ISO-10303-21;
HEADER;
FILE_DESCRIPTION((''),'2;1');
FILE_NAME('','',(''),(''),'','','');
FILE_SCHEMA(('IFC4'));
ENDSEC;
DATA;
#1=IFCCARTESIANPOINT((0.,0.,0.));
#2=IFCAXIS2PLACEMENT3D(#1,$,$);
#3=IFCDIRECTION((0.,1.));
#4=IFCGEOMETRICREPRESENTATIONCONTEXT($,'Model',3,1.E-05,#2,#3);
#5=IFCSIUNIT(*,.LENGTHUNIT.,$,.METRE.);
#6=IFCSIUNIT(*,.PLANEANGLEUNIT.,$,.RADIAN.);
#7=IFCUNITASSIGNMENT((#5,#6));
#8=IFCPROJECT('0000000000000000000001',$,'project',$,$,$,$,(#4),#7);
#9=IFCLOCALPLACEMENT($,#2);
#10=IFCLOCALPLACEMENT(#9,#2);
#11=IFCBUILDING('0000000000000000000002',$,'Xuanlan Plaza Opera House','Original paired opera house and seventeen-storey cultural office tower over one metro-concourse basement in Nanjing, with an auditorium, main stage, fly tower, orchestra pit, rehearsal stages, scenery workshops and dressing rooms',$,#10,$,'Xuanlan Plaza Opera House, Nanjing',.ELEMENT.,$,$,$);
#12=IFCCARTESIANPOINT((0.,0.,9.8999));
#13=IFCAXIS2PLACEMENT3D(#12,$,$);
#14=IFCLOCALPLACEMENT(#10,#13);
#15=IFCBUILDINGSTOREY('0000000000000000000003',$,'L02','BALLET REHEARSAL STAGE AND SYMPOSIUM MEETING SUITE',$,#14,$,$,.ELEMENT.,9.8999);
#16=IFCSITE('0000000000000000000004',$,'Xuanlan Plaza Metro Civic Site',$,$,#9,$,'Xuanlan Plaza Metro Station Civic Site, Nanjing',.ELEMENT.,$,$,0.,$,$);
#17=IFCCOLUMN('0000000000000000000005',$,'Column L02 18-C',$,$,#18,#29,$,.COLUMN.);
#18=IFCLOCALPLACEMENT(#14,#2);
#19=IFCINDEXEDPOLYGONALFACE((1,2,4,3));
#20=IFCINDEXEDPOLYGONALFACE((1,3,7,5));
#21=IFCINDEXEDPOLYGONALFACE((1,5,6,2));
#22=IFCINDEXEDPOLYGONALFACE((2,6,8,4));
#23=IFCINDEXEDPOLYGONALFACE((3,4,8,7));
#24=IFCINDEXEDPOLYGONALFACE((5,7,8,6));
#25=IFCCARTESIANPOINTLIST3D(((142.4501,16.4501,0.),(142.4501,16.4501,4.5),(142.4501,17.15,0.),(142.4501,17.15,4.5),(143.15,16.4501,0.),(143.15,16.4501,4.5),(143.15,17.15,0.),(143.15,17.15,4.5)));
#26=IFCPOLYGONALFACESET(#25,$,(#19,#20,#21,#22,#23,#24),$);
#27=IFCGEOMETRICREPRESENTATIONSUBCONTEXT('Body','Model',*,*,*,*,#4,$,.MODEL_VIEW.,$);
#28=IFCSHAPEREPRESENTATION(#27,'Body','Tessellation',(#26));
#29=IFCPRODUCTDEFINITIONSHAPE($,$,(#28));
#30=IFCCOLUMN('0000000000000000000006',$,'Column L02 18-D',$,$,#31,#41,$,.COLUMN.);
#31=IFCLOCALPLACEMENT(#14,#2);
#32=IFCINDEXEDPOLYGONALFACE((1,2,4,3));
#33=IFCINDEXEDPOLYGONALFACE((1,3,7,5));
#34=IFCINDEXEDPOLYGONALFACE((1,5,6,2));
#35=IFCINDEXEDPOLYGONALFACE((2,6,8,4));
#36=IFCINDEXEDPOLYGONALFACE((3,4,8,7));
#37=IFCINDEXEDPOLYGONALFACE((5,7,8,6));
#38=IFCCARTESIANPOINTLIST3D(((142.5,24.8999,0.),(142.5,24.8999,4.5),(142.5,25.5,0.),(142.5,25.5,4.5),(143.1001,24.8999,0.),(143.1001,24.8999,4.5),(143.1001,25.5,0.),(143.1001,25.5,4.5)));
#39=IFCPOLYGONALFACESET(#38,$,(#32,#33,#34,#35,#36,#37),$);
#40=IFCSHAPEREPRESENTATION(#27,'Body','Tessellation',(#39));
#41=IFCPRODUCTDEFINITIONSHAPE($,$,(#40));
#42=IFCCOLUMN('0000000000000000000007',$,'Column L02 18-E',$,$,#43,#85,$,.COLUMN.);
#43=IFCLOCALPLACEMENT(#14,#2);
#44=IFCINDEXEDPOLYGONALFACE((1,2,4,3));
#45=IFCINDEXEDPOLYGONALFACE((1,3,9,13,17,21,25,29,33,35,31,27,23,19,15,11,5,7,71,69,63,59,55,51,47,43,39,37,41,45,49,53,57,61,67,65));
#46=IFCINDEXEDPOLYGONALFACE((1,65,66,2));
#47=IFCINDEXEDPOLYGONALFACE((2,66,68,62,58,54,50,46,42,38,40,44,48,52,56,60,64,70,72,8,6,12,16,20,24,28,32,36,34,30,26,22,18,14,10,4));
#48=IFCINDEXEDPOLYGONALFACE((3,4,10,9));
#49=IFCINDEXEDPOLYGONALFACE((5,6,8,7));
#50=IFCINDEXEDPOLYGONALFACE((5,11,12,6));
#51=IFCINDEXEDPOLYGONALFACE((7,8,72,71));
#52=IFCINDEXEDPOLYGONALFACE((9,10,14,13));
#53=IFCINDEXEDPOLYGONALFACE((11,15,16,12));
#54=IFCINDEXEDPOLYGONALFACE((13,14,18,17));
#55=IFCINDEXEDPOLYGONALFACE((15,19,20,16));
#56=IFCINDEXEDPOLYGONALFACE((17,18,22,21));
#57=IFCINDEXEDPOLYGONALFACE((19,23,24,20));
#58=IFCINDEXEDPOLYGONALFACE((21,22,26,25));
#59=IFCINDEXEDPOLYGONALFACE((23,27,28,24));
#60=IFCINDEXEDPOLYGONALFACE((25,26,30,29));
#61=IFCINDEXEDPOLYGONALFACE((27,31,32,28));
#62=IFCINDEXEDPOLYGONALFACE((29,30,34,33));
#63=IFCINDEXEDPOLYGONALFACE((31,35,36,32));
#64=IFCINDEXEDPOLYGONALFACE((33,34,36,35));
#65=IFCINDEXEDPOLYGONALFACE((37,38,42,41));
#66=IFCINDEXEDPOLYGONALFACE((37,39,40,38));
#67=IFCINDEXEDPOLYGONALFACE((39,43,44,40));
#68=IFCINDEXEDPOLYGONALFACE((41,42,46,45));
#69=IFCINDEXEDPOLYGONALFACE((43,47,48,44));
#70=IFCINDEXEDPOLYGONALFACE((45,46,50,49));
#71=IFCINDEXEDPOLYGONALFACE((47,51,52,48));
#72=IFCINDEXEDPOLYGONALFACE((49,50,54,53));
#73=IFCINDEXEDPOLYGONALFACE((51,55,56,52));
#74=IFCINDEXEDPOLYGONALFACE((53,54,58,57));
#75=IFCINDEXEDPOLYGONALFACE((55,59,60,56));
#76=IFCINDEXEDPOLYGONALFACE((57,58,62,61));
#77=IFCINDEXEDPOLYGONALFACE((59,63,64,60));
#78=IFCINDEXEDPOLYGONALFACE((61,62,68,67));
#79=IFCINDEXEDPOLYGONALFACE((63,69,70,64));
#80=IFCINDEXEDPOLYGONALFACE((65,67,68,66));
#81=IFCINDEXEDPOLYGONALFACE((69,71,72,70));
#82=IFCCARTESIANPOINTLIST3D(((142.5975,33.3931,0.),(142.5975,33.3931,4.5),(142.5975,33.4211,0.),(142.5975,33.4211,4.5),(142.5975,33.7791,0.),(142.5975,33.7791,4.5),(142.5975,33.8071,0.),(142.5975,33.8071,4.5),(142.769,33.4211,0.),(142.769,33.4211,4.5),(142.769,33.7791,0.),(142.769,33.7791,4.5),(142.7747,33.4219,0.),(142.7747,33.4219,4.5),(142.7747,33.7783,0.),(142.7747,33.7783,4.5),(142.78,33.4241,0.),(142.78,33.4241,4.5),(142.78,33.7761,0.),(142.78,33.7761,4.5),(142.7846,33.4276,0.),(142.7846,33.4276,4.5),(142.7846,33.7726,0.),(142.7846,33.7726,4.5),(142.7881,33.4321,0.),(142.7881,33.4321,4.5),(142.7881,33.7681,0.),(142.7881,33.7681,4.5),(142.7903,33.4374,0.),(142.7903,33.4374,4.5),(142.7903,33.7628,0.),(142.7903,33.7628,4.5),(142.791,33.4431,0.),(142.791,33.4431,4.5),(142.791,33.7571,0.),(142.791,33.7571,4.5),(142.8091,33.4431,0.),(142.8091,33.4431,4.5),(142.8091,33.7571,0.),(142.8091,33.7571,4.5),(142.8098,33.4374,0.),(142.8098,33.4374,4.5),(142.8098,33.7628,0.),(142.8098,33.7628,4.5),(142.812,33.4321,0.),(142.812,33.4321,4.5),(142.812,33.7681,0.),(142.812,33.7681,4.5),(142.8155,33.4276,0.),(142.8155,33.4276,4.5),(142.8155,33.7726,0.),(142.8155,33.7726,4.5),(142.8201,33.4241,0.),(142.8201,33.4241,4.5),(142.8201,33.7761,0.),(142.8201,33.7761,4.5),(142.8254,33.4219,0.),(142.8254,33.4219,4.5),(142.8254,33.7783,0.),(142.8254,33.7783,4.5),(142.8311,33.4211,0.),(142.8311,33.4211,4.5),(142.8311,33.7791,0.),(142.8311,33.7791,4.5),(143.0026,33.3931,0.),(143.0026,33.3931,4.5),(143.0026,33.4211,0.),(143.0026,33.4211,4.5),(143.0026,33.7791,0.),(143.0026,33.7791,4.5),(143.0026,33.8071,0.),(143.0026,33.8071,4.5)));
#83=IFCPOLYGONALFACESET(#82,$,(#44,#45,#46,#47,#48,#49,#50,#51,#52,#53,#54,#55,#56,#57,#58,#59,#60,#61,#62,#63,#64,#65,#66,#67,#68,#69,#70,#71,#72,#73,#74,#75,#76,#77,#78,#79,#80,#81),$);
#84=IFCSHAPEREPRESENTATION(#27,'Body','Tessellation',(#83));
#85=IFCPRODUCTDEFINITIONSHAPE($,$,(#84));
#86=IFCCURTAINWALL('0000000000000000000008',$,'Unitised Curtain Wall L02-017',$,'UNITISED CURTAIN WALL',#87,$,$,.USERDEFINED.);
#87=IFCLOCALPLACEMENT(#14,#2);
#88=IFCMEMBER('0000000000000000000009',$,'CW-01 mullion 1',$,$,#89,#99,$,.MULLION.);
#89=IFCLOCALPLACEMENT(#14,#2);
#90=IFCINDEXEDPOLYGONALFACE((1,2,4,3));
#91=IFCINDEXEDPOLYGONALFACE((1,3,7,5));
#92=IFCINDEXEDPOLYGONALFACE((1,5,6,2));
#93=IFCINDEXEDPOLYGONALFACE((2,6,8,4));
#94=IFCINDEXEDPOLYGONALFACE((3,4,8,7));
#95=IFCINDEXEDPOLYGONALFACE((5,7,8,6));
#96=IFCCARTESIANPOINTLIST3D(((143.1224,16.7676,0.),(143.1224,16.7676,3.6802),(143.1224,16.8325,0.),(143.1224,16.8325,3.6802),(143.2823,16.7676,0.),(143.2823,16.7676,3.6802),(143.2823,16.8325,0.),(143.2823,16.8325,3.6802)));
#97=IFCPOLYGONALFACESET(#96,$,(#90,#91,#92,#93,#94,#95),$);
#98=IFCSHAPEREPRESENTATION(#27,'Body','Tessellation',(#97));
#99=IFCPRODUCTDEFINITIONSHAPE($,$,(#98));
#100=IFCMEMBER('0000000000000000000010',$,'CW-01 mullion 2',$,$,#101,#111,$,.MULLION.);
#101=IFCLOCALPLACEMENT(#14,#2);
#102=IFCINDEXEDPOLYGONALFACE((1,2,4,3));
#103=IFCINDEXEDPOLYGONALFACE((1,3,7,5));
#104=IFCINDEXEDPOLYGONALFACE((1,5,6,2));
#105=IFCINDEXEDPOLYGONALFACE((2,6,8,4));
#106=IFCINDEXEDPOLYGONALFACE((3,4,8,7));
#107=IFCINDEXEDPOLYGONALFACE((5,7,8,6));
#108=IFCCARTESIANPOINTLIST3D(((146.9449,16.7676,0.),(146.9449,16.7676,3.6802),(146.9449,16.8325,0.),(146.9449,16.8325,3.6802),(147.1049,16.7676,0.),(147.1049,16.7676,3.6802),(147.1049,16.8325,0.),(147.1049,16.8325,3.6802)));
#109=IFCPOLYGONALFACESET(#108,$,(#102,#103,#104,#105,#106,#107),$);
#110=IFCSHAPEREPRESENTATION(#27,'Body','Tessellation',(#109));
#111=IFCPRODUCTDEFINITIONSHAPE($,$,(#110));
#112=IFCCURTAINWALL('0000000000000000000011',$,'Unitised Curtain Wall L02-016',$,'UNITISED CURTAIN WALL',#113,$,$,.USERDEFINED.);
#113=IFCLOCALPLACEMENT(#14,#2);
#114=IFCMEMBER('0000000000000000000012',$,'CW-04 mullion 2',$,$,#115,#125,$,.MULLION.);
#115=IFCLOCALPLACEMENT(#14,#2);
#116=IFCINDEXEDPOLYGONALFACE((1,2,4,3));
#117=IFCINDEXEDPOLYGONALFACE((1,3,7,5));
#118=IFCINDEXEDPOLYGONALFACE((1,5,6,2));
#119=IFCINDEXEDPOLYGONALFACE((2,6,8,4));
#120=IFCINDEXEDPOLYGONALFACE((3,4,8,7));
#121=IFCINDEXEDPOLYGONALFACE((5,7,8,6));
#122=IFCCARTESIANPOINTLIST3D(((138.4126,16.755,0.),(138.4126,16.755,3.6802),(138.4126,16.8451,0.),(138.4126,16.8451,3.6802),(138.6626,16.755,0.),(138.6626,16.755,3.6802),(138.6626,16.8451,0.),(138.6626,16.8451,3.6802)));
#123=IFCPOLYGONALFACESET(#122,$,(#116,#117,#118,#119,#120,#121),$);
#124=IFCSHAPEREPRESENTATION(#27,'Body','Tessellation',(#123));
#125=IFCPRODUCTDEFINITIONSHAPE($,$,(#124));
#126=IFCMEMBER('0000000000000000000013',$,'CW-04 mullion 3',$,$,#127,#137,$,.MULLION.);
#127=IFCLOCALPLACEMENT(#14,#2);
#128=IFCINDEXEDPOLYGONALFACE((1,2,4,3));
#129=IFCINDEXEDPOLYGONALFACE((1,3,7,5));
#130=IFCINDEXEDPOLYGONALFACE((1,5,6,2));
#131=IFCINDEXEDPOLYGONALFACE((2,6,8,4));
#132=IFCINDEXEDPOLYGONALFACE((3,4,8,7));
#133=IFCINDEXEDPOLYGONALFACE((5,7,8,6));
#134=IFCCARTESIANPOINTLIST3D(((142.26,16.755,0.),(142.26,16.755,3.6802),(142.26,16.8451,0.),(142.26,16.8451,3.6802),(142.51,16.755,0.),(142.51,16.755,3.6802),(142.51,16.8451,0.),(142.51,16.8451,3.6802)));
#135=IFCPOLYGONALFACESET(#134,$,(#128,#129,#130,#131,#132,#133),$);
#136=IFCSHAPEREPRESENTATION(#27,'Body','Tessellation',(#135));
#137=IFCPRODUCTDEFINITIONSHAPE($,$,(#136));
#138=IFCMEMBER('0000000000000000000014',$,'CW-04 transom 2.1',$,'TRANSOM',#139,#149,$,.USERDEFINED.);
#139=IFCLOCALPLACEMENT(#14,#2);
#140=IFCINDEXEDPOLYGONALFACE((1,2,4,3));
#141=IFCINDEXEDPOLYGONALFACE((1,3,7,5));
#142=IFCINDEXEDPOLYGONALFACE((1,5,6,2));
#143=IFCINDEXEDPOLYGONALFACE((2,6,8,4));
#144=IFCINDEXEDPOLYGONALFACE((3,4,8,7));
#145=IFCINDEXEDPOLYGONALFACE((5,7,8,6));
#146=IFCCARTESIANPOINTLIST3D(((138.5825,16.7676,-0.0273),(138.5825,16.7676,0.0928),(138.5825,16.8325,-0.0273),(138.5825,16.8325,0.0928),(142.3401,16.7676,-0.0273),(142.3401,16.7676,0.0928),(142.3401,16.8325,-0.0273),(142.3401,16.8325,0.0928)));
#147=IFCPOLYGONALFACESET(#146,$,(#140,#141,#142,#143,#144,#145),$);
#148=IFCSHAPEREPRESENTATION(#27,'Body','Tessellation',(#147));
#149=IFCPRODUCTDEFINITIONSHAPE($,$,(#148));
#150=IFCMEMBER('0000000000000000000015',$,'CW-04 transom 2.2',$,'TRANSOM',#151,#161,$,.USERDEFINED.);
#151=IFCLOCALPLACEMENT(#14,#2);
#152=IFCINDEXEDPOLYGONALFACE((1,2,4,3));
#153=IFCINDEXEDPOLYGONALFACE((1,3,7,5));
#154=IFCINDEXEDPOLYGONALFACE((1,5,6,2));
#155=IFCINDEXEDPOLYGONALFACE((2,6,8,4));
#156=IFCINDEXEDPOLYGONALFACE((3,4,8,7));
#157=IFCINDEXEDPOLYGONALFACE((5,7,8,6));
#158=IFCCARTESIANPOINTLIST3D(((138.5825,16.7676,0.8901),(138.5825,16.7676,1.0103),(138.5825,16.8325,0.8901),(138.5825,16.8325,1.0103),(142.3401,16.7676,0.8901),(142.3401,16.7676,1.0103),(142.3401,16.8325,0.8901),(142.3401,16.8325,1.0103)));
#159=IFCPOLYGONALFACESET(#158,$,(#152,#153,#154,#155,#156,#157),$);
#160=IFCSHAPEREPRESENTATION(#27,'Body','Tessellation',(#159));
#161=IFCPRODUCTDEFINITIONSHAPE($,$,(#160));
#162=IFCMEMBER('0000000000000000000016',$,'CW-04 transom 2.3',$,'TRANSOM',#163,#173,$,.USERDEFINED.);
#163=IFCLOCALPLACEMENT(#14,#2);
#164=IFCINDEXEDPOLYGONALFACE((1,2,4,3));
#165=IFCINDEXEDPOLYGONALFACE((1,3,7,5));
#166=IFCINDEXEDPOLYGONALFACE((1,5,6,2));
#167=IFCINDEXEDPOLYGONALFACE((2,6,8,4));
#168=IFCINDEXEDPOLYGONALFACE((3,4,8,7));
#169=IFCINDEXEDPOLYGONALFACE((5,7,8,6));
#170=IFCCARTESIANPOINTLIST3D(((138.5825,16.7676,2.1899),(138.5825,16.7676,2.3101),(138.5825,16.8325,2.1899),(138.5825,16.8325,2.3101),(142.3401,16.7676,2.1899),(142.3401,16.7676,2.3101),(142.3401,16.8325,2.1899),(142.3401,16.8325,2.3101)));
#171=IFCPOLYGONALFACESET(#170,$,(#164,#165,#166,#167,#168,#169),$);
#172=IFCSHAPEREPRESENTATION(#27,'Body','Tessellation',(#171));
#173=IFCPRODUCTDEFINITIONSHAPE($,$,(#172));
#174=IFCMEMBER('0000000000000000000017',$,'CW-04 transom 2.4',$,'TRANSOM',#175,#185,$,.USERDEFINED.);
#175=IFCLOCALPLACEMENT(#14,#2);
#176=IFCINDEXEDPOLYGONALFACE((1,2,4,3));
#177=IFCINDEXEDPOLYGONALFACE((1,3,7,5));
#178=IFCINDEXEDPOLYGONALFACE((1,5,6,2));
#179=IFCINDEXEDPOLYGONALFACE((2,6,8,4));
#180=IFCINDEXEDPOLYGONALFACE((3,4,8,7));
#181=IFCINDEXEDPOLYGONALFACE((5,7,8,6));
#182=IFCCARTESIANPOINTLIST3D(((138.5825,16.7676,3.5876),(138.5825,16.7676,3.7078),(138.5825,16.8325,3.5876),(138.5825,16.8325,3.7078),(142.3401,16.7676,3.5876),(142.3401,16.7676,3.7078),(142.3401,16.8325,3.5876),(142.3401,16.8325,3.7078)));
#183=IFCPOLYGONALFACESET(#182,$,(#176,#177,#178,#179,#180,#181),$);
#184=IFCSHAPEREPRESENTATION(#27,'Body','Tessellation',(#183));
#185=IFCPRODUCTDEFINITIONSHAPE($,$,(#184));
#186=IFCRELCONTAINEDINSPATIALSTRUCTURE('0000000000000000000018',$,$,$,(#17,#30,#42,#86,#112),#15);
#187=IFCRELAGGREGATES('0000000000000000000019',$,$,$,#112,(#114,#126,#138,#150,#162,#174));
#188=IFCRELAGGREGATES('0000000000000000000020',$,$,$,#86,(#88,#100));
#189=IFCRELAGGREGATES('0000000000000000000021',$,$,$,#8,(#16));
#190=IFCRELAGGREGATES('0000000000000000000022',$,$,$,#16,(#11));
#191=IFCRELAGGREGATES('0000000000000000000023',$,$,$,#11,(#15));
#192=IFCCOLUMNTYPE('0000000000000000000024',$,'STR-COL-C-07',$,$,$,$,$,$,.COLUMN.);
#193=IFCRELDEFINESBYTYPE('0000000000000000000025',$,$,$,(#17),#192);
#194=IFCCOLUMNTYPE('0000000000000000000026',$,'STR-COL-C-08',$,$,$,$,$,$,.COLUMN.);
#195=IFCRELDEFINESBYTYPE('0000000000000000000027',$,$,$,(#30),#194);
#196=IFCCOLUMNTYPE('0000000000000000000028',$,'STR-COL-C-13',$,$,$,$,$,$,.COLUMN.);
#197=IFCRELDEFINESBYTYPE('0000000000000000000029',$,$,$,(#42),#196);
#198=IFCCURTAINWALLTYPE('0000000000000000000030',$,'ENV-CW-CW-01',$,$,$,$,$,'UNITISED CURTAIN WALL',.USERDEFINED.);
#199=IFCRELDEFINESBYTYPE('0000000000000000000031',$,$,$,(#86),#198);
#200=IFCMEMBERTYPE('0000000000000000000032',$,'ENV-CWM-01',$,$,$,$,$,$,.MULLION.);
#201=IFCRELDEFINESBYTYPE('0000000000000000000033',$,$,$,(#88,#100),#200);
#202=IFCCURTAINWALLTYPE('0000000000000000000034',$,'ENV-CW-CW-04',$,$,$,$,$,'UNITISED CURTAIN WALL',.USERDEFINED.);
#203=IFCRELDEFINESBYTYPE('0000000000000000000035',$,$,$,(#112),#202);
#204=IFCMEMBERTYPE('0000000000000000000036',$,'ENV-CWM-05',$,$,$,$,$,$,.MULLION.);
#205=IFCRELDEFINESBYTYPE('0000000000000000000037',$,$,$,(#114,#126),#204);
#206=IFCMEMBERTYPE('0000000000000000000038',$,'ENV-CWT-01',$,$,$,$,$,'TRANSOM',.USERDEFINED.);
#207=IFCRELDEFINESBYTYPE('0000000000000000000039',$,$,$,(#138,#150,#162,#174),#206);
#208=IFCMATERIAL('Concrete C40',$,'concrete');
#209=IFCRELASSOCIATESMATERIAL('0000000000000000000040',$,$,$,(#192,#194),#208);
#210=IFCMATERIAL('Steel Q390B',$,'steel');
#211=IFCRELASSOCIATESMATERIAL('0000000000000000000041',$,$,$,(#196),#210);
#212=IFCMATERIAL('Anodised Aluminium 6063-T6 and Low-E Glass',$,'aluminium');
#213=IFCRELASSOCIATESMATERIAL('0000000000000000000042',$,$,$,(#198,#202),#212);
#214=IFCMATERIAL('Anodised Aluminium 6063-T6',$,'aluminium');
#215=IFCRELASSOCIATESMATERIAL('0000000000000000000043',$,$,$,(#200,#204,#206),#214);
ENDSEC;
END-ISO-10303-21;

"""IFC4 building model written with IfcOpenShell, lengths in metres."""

from ifc_helpers import new_model, si_unit, direction, frame, origin, origin_2d, place, context, subcontext, project, spatial, rectangle, i_section, extrude, material, material_profile, profile_set, type_object, element, aggregate, save


model = new_model("IFC4")

# Units and contexts
model_context = context("Model", 3, precision=1e-05, world=origin(), true_north=direction((0.0, 1.0)))
body_context = subcontext(model_context, "Body", "Model", "MODEL_VIEW")
ifc_project = project(units=[si_unit("LENGTHUNIT", "METRE"), si_unit("PLANEANGLEUNIT", "RADIAN")], contexts=[model_context])

# Site, building, storey
site_placement = place(None, origin())
site = spatial("IfcSite", under=ifc_project, at=site_placement, Name="Xuanlan Plaza Metro Civic Site", LongName="Xuanlan Plaza Metro Station Civic Site, Nanjing", CompositionType="ELEMENT", RefElevation=0.0)
building_placement = place(site_placement, origin())
building = spatial("IfcBuilding", under=site, at=building_placement, Name="Xuanlan Plaza Opera House", Description="Original paired opera house and seventeen-storey cultural office tower over one metro-concourse basement in Nanjing, with an auditorium, main stage, fly tower, orchestra pit, rehearsal stages, scenery workshops and dressing rooms", LongName="Xuanlan Plaza Opera House, Nanjing", CompositionType="ELEMENT")
storey_placement = place(building_placement, frame((0.0, 0.0, 9.8999)))
storey = spatial("IfcBuildingStorey", under=building, at=storey_placement, Name="L02", Description="BALLET REHEARSAL STAGE AND SYMPOSIUM MEETING SUITE", CompositionType="ELEMENT", Elevation=9.8999)

# Columns
ifc_material_1 = material(Name="Concrete C40", Category="concrete")
ifc_material_profile_1 = material_profile(ifc_material_1, rectangle(XDim=0.7, YDim=0.7, at=origin_2d()), Name="RC-COL 700x700")
ifc_profile_set_1 = profile_set([ifc_material_profile_1], Name="Concrete C40")
column_type_1 = type_object("IfcColumnType", Name="STR-COL-C-07", PredefinedType="COLUMN", material=ifc_profile_set_1)
column_1_placement = place(storey_placement, frame((142.8, 16.8, 0.0), z_axis=(0.0, 0.0, 1.0), x_axis=(1.0, 0.0, 0.0)))
element("IfcColumn", 1, at=column_1_placement, inside=storey, type_object=column_type_1, Name="Column L02 18-C", PredefinedType="COLUMN", context=body_context, shape_type="SweptSolid", body=[
    extrude(rectangle(XDim=0.7, YDim=0.7, at=origin_2d()), origin(), (0.0, 0.0, 1.0), 4.5),
])
ifc_material_profile_2 = material_profile(ifc_material_1, rectangle(XDim=0.6001, YDim=0.6001, at=origin_2d()), Name="RC-COL 600x600")
ifc_profile_set_2 = profile_set([ifc_material_profile_2], Name="Concrete C40")
column_type_2 = type_object("IfcColumnType", Name="STR-COL-C-08", PredefinedType="COLUMN", material=ifc_profile_set_2)
column_2_placement = place(storey_placement, frame((142.8, 25.2, 0.0), z_axis=(0.0, 0.0, 1.0), x_axis=(1.0, 0.0, 0.0)))
element("IfcColumn", 2, at=column_2_placement, inside=storey, type_object=column_type_2, Name="Column L02 18-D", PredefinedType="COLUMN", context=body_context, shape_type="SweptSolid", body=[
    extrude(rectangle(XDim=0.6001, YDim=0.6001, at=origin_2d()), origin(), (0.0, 0.0, 1.0), 4.5),
])
ifc_material_2 = material(Name="Steel Q390B", Category="steel")
ifc_material_profile_3 = material_profile(ifc_material_2, i_section(OverallWidth=0.405, OverallDepth=0.4141, WebThickness=0.0181, FlangeThickness=0.0281, FilletRadius=0.022, at=origin_2d()), Name="HW 414x405x18x28")
ifc_profile_set_3 = profile_set([ifc_material_profile_3], Name="Steel Q390B")
column_type_3 = type_object("IfcColumnType", Name="STR-COL-C-13", PredefinedType="COLUMN", material=ifc_profile_set_3)
column_3_placement = place(storey_placement, frame((142.8, 33.6001, 0.0), z_axis=(0.0, 0.0, 1.0), x_axis=(1.0, 0.0, 0.0)))
element("IfcColumn", 3, at=column_3_placement, inside=storey, type_object=column_type_3, Name="Column L02 18-E", PredefinedType="COLUMN", context=body_context, shape_type="SweptSolid", body=[
    extrude(i_section(OverallWidth=0.405, OverallDepth=0.4141, WebThickness=0.0181, FlangeThickness=0.0281, FilletRadius=0.022, at=origin_2d()), origin(), (0.0, 0.0, 1.0), 4.5),
])

# Curtain walls, members
ifc_material_3 = material(Name="Anodised Aluminium 6063-T6 and Low-E Glass", Category="aluminium")
curtain_wall_type_1 = type_object("IfcCurtainWallType", Name="ENV-CW-CW-01", ElementType="UNITISED CURTAIN WALL", PredefinedType="USERDEFINED", material=ifc_material_3)
curtain_wall_1_placement = place(storey_placement, origin())
curtain_wall_1 = element("IfcCurtainWall", 4, at=curtain_wall_1_placement, inside=storey, type_object=curtain_wall_type_1, Name="Unitised Curtain Wall L02-017", ObjectType="UNITISED CURTAIN WALL", PredefinedType="USERDEFINED")
ifc_material_4 = material(Name="Anodised Aluminium 6063-T6", Category="aluminium")
ifc_material_profile_4 = material_profile(ifc_material_4, rectangle(XDim=0.0649, YDim=0.1599, at=origin_2d()), Name="ALU-M 65x160")
ifc_profile_set_4 = profile_set([ifc_material_profile_4], Name="Anodised Aluminium 6063-T6")
member_type_1 = type_object("IfcMemberType", Name="ENV-CWM-01", PredefinedType="MULLION", material=ifc_profile_set_4)
member_1_placement = place(storey_placement, frame((143.2024, 16.8, 0.0), z_axis=(0.0, 0.0, 1.0), x_axis=(0.0, 1.0, 0.0)))
member_1 = element("IfcMember", 5, at=member_1_placement, type_object=member_type_1, Name="CW-01 mullion 1", PredefinedType="MULLION", context=body_context, shape_type="SweptSolid", body=[
    extrude(rectangle(XDim=0.0649, YDim=0.1599, at=origin_2d()), origin(), (0.0, 0.0, 1.0), 3.6802),
])
member_2_placement = place(storey_placement, frame((147.0249, 16.8, 0.0), z_axis=(0.0, 0.0, 1.0), x_axis=(0.0, 1.0, 0.0)))
member_2 = element("IfcMember", 6, at=member_2_placement, type_object=member_type_1, Name="CW-01 mullion 2", PredefinedType="MULLION", context=body_context, shape_type="SweptSolid", body=[
    extrude(rectangle(XDim=0.0649, YDim=0.1599, at=origin_2d()), origin(), (0.0, 0.0, 1.0), 3.6802),
])
curtain_wall_type_2 = type_object("IfcCurtainWallType", Name="ENV-CW-CW-04", ElementType="UNITISED CURTAIN WALL", PredefinedType="USERDEFINED", material=ifc_material_3)
curtain_wall_2_placement = place(storey_placement, origin())
curtain_wall_2 = element("IfcCurtainWall", 7, at=curtain_wall_2_placement, inside=storey, type_object=curtain_wall_type_2, Name="Unitised Curtain Wall L02-016", ObjectType="UNITISED CURTAIN WALL", PredefinedType="USERDEFINED")
ifc_material_profile_5 = material_profile(ifc_material_4, rectangle(XDim=0.0901, YDim=0.25, at=origin_2d()), Name="ALU-M 90x250")
ifc_profile_set_5 = profile_set([ifc_material_profile_5], Name="Anodised Aluminium 6063-T6")
member_type_2 = type_object("IfcMemberType", Name="ENV-CWM-05", PredefinedType="MULLION", material=ifc_profile_set_5)
member_3_placement = place(storey_placement, frame((138.5376, 16.8, 0.0), z_axis=(0.0, 0.0, 1.0), x_axis=(0.0, 1.0, 0.0)))
member_3 = element("IfcMember", 8, at=member_3_placement, type_object=member_type_2, Name="CW-04 mullion 2", PredefinedType="MULLION", context=body_context, shape_type="SweptSolid", body=[
    extrude(rectangle(XDim=0.0901, YDim=0.25, at=origin_2d()), origin(), (0.0, 0.0, 1.0), 3.6802),
])
member_4_placement = place(storey_placement, frame((142.385, 16.8, 0.0), z_axis=(0.0, 0.0, 1.0), x_axis=(0.0, 1.0, 0.0)))
member_4 = element("IfcMember", 9, at=member_4_placement, type_object=member_type_2, Name="CW-04 mullion 3", PredefinedType="MULLION", context=body_context, shape_type="SweptSolid", body=[
    extrude(rectangle(XDim=0.0901, YDim=0.25, at=origin_2d()), origin(), (0.0, 0.0, 1.0), 3.6802),
])
ifc_material_profile_6 = material_profile(ifc_material_4, rectangle(XDim=0.0649, YDim=0.1201, at=origin_2d()), Name="ALU-T 65x120")
ifc_profile_set_6 = profile_set([ifc_material_profile_6], Name="Anodised Aluminium 6063-T6")
member_type_3 = type_object("IfcMemberType", Name="ENV-CWT-01", ElementType="TRANSOM", PredefinedType="USERDEFINED", material=ifc_profile_set_6)
member_5_placement = place(storey_placement, frame((138.5825, 16.8, 0.0327), z_axis=(1.0, 0.0, 0.0), x_axis=(0.0, 1.0, 0.0)))
member_5 = element("IfcMember", 10, at=member_5_placement, type_object=member_type_3, Name="CW-04 transom 2.1", ObjectType="TRANSOM", PredefinedType="USERDEFINED", context=body_context, shape_type="SweptSolid", body=[
    extrude(rectangle(XDim=0.0649, YDim=0.1201, at=origin_2d()), origin(), (0.0, 0.0, 1.0), 3.7576),
])
member_6_placement = place(storey_placement, frame((138.5825, 16.8, 0.9502), z_axis=(1.0, 0.0, 0.0), x_axis=(0.0, 1.0, 0.0)))
member_6 = element("IfcMember", 11, at=member_6_placement, type_object=member_type_3, Name="CW-04 transom 2.2", ObjectType="TRANSOM", PredefinedType="USERDEFINED", context=body_context, shape_type="SweptSolid", body=[
    extrude(rectangle(XDim=0.0649, YDim=0.1201, at=origin_2d()), origin(), (0.0, 0.0, 1.0), 3.7576),
])
member_7_placement = place(storey_placement, frame((138.5825, 16.8, 2.25), z_axis=(1.0, 0.0, 0.0), x_axis=(0.0, 1.0, 0.0)))
member_7 = element("IfcMember", 12, at=member_7_placement, type_object=member_type_3, Name="CW-04 transom 2.3", ObjectType="TRANSOM", PredefinedType="USERDEFINED", context=body_context, shape_type="SweptSolid", body=[
    extrude(rectangle(XDim=0.0649, YDim=0.1201, at=origin_2d()), origin(), (0.0, 0.0, 1.0), 3.7576),
])
member_8_placement = place(storey_placement, frame((138.5825, 16.8, 3.6477), z_axis=(1.0, 0.0, 0.0), x_axis=(0.0, 1.0, 0.0)))
member_8 = element("IfcMember", 13, at=member_8_placement, type_object=member_type_3, Name="CW-04 transom 2.4", ObjectType="TRANSOM", PredefinedType="USERDEFINED", context=body_context, shape_type="SweptSolid", body=[
    extrude(rectangle(XDim=0.0649, YDim=0.1201, at=origin_2d()), origin(), (0.0, 0.0, 1.0), 3.7576),
])

aggregate(curtain_wall_2, [member_3, member_4, member_5, member_6, member_7, member_8])
aggregate(curtain_wall_1, [member_1, member_2])

save(model, "model.ifc")
